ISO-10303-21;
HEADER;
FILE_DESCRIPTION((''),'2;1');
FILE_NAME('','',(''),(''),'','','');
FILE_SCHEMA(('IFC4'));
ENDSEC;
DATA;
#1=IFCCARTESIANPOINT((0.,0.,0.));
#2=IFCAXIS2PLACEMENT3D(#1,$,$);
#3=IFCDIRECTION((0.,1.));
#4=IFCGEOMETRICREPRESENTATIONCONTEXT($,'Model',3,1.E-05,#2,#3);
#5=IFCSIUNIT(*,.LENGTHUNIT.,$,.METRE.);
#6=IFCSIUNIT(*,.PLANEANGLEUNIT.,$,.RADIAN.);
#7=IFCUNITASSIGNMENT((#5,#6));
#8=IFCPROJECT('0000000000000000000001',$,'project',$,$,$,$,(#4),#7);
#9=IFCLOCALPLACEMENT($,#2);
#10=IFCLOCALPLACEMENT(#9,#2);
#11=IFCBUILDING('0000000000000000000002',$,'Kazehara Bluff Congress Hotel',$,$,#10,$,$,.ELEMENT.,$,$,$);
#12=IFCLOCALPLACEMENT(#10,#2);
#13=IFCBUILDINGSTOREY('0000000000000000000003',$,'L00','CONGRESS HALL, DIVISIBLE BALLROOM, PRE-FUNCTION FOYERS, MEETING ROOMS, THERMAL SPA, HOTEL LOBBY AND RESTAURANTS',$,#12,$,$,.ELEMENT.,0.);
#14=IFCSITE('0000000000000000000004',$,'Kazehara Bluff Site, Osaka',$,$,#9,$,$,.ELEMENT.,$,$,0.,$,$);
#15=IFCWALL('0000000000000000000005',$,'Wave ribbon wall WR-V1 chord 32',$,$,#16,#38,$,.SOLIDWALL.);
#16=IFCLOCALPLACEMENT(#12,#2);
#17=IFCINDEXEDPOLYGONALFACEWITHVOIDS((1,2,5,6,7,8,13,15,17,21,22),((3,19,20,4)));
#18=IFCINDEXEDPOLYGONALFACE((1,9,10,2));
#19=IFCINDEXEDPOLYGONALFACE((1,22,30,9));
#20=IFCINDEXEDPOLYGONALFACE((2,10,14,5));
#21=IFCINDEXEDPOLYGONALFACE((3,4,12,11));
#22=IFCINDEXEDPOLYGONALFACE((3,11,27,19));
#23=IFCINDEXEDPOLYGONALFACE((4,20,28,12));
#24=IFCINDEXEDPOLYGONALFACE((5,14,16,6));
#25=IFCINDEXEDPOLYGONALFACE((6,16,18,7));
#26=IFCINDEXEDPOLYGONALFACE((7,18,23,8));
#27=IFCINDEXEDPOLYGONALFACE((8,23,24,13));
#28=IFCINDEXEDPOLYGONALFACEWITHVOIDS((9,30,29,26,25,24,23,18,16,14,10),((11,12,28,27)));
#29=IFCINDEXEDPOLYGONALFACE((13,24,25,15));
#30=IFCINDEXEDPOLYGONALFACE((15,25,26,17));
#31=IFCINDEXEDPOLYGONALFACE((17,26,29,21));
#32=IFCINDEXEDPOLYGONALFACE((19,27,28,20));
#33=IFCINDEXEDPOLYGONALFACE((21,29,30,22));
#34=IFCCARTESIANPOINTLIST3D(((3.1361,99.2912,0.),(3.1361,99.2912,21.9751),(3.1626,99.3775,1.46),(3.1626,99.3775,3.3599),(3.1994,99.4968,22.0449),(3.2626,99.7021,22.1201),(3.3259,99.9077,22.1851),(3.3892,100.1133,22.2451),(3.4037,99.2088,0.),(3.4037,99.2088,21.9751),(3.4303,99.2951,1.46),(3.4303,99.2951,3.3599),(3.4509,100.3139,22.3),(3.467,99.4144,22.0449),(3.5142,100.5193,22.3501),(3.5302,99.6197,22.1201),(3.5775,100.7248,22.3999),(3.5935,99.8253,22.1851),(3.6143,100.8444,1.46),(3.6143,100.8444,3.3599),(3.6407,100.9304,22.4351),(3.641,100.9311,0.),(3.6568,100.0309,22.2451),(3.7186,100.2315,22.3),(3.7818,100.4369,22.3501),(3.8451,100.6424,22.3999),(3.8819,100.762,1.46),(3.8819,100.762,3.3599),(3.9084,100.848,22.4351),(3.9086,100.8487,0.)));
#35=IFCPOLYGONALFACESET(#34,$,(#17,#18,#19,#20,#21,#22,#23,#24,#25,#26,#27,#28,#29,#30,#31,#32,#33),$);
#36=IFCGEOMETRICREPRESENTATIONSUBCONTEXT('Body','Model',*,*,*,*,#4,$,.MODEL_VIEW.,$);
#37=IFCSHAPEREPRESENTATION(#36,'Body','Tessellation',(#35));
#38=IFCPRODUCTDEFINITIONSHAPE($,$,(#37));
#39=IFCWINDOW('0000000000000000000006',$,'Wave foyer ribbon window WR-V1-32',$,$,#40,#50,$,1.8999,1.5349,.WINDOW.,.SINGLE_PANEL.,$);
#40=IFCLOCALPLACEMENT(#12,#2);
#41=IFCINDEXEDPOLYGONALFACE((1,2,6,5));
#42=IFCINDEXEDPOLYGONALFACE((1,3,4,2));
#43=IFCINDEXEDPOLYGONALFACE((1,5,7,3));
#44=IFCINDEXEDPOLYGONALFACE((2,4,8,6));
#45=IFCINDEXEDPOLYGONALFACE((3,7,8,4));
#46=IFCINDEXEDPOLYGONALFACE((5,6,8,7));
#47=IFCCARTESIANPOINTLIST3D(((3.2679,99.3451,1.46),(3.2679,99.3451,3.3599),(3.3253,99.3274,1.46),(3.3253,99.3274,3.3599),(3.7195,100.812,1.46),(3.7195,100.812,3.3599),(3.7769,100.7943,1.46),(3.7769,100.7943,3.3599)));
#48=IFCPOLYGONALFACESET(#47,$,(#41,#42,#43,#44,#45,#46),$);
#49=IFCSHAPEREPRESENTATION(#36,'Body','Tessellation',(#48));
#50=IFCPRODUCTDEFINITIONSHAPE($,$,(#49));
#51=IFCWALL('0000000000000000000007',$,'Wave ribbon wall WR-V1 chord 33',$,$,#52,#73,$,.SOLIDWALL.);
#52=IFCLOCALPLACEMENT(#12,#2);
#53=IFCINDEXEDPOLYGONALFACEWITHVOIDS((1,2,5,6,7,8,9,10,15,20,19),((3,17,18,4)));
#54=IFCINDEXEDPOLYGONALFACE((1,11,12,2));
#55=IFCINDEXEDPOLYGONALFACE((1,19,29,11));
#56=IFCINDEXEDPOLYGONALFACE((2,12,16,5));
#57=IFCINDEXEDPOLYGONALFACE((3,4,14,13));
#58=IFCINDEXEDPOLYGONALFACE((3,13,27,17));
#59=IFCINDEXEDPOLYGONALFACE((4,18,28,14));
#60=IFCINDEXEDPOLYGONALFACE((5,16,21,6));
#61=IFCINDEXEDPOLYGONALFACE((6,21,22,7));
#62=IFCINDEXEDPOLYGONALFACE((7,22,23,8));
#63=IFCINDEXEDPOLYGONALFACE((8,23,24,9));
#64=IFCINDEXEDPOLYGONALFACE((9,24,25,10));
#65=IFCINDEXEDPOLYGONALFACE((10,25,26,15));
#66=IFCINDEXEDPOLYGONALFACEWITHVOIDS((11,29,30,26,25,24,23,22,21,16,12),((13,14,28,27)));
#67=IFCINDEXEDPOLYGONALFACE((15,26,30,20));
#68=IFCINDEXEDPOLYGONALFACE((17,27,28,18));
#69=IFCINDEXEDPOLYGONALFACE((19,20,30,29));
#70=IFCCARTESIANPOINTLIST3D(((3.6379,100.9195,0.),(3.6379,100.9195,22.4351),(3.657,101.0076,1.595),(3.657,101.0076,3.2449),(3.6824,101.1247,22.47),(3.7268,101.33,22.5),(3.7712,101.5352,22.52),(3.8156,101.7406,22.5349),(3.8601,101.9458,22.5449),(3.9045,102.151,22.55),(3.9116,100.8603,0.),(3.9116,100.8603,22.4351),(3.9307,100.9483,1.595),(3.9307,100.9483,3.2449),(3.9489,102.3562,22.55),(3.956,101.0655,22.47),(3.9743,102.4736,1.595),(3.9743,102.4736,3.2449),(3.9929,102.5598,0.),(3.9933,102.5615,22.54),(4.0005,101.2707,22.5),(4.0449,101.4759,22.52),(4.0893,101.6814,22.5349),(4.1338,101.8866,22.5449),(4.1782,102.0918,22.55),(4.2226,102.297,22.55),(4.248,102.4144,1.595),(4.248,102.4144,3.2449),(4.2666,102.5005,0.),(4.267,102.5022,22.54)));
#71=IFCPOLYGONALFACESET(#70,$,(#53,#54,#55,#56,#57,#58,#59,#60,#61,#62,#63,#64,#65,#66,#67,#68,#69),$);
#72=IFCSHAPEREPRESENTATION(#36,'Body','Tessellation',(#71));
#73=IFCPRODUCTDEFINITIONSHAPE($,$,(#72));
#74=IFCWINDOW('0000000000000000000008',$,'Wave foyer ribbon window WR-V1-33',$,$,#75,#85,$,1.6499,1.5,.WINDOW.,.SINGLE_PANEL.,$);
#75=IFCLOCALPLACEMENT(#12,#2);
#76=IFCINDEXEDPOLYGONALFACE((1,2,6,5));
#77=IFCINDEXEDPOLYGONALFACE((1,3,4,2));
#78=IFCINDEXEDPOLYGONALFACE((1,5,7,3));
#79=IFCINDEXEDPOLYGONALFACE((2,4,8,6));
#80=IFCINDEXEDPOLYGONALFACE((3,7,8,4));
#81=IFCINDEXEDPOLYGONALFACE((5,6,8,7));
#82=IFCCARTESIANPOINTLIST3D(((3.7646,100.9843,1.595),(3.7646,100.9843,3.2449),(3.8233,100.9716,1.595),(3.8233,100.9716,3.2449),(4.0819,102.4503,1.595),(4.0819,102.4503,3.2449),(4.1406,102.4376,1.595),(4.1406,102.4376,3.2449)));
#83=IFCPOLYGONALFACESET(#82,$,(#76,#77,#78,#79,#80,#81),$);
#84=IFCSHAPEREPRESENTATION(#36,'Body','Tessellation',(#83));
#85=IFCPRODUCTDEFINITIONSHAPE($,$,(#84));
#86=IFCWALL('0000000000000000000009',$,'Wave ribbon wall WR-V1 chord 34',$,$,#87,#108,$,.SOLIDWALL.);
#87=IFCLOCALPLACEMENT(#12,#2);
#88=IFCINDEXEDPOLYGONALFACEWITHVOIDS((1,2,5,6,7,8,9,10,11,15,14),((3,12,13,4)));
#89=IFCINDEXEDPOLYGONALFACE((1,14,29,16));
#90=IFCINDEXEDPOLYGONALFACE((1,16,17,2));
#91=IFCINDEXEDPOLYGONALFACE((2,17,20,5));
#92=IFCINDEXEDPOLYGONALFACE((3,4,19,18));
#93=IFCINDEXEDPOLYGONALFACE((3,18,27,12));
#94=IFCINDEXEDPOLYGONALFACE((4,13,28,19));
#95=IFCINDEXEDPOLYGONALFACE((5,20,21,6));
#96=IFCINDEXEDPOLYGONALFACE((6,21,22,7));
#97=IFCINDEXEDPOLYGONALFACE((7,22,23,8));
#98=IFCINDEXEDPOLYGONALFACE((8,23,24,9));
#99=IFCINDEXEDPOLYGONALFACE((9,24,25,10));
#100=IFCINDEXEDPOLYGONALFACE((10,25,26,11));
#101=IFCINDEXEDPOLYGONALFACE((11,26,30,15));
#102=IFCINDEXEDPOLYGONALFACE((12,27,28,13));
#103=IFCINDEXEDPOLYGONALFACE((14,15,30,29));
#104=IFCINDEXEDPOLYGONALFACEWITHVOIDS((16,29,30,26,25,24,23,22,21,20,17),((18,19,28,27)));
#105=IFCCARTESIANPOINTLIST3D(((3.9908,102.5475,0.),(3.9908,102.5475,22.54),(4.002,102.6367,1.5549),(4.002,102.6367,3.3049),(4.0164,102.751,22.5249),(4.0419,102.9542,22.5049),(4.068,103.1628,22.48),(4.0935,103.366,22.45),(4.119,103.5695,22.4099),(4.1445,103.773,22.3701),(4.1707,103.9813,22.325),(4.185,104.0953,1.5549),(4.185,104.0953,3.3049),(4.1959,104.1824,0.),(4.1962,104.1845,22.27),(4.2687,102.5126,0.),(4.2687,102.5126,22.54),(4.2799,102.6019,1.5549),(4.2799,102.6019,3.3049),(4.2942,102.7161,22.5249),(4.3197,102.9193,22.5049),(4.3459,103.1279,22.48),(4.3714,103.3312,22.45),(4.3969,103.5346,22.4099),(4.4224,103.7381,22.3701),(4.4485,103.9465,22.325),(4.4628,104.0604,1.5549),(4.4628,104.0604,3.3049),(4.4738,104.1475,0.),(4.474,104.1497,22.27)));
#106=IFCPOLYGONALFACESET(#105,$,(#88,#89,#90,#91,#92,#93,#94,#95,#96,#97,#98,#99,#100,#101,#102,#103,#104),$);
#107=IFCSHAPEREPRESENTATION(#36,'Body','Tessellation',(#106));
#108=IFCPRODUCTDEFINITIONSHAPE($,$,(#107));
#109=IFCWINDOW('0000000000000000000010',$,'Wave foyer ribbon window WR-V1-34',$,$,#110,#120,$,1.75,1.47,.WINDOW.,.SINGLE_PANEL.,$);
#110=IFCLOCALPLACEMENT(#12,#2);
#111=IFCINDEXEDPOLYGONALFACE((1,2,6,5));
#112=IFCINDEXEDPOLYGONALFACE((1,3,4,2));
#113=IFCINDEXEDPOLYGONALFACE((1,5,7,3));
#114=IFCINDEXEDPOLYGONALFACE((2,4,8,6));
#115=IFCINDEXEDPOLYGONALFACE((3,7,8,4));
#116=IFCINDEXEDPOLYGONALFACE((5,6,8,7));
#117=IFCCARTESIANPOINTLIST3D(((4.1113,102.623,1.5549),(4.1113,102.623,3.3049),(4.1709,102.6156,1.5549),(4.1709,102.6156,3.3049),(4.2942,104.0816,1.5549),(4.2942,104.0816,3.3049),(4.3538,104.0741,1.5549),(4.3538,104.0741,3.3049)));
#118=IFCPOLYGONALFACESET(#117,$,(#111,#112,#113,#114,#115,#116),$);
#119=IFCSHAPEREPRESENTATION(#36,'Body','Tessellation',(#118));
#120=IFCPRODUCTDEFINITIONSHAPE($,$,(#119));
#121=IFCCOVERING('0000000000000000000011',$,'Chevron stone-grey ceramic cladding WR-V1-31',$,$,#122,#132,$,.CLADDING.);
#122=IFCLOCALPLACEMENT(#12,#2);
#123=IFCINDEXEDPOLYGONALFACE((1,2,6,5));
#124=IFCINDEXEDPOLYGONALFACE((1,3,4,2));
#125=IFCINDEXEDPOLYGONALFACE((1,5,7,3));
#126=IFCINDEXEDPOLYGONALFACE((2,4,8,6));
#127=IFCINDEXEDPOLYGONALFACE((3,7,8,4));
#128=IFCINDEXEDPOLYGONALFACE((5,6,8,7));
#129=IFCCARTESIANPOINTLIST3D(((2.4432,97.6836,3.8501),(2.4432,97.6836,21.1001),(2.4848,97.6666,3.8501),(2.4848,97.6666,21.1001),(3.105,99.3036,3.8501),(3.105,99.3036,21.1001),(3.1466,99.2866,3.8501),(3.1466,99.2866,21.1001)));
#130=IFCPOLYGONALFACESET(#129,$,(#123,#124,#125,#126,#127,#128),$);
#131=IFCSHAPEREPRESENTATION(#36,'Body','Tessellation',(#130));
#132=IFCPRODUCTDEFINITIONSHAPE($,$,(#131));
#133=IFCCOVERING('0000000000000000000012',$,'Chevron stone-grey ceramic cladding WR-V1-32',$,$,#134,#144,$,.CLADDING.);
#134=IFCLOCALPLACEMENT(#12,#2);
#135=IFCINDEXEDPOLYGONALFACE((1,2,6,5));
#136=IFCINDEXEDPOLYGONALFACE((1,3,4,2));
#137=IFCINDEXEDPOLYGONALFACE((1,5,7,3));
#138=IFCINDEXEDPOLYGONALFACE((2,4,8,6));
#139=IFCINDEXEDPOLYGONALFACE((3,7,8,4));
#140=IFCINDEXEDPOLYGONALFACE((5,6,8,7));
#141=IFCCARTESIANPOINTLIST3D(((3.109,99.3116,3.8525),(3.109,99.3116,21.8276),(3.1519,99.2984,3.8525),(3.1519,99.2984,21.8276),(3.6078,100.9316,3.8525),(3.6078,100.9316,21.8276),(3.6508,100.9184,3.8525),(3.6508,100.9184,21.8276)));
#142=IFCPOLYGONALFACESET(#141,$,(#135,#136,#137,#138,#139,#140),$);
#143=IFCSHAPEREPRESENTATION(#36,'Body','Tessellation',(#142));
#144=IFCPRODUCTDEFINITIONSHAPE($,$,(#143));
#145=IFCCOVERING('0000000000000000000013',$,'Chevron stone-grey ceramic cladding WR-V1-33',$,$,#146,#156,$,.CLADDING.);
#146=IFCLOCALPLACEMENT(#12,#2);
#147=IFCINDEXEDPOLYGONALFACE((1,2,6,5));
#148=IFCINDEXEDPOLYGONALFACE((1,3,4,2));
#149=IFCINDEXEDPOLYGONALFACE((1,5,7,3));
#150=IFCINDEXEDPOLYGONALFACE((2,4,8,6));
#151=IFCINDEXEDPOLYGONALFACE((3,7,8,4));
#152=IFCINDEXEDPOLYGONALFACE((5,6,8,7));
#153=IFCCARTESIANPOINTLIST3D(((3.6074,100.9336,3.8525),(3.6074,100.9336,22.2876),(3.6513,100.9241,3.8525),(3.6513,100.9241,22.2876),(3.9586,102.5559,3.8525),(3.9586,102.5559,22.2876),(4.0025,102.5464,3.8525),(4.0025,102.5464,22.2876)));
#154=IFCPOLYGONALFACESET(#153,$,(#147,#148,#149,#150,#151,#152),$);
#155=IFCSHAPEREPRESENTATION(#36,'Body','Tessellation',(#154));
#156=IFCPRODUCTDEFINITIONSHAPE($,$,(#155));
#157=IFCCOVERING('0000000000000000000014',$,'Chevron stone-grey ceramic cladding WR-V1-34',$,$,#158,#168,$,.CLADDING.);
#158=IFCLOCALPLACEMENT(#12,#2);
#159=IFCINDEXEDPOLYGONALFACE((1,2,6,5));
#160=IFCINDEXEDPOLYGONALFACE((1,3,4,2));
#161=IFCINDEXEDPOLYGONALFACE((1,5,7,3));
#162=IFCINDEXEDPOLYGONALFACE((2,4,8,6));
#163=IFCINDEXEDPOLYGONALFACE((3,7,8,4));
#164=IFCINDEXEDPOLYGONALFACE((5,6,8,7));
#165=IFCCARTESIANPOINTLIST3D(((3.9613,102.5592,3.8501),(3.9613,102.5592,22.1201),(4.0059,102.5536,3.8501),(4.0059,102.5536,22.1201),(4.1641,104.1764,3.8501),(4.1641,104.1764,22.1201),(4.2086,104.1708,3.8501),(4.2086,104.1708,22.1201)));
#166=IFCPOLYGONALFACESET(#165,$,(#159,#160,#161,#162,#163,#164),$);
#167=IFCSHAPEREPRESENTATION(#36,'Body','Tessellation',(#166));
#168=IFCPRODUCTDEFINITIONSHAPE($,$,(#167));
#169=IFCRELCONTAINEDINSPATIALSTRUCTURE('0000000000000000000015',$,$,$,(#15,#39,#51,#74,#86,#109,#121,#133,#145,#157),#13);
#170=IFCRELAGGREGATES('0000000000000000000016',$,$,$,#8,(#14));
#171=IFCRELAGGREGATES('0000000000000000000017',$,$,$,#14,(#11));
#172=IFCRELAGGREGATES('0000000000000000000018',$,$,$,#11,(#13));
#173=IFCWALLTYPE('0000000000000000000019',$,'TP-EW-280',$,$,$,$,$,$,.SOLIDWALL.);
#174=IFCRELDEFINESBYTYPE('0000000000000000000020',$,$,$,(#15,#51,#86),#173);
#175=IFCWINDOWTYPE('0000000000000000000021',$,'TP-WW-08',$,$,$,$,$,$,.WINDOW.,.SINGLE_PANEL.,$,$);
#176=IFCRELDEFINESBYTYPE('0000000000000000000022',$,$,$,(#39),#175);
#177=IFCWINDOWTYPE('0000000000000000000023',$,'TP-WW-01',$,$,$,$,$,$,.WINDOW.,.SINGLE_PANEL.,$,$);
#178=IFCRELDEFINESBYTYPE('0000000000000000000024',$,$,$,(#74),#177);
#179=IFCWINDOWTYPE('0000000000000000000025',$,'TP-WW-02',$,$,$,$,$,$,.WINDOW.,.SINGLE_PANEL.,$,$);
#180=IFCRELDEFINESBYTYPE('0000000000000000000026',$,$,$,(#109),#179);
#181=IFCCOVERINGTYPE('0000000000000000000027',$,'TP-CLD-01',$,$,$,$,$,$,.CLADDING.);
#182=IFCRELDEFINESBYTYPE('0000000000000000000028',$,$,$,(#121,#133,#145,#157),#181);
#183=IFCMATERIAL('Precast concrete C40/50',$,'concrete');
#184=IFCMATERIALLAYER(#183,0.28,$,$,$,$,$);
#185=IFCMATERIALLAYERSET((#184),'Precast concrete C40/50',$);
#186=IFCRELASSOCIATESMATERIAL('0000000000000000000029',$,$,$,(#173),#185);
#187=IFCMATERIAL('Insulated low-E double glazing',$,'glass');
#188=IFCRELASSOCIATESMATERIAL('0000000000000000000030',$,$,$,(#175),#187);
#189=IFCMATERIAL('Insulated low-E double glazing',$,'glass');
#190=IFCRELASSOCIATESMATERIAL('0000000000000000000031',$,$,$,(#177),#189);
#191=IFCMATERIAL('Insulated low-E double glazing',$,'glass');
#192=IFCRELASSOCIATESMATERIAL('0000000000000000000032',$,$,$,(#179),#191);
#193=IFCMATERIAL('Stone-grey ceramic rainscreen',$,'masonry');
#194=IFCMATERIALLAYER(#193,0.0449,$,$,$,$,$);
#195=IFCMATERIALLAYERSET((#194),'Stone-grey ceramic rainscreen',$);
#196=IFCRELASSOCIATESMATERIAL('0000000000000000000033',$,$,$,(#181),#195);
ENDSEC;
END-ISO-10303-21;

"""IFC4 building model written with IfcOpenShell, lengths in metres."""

from ifc_helpers import new_model, si_unit, direction, frame, frame_2d, origin, origin_2d, place, context, subcontext, project, spatial, polyline, rectangle, outline, extrude, material, layer, layer_set, type_object, element, fill, save


model = new_model("IFC4")

# Units and contexts
model_context = context("Model", 3, precision=1e-05, world=origin(), true_north=direction((0.0, 1.0)))
body_context = subcontext(model_context, "Body", "Model", "MODEL_VIEW")
ifc_project = project(units=[si_unit("LENGTHUNIT", "METRE"), si_unit("PLANEANGLEUNIT", "RADIAN")], contexts=[model_context])

# Site, building, storey
site_placement = place(None, origin())
site = spatial("IfcSite", under=ifc_project, at=site_placement, Name="Kazehara Bluff Site, Osaka", CompositionType="ELEMENT", RefElevation=0.0)
building_placement = place(site_placement, origin())
building = spatial("IfcBuilding", under=site, at=building_placement, Name="Kazehara Bluff Congress Hotel", CompositionType="ELEMENT")
storey_placement = place(building_placement, origin())
storey = spatial("IfcBuildingStorey", under=building, at=storey_placement, Name="L00", Description="CONGRESS HALL, DIVISIBLE BALLROOM, PRE-FUNCTION FOYERS, MEETING ROOMS, THERMAL SPA, HOTEL LOBBY AND RESTAURANTS", CompositionType="ELEMENT", Elevation=0.0)

# Walls, openings, windows
ifc_material_1 = material(Name="Precast concrete C40/50", Category="concrete")
ifc_layer_1 = layer(ifc_material_1, 0.28)
ifc_layer_set_1 = layer_set([ifc_layer_1], Name="Precast concrete C40/50")
wall_type = type_object("IfcWallType", Name="TP-EW-280", PredefinedType="SOLIDWALL", material=ifc_layer_set_1)
wall_1_placement = place(storey_placement, frame((3.27, 99.25, 0.0), z_axis=(0.0, 0.0, 1.0), x_axis=(0.294246, 0.95573, 0.0)))
wall_1 = element("IfcWall", 1, at=wall_1_placement, inside=storey, type_object=wall_type, Name="Wave ribbon wall WR-V1 chord 32", PredefinedType="SOLIDWALL", context=body_context, shape_type="SweptSolid", body=[
    extrude(outline(polyline([(0.0, 0.0), (1.7158, 0.0), (1.7151, 22.4351), (1.5, 22.3999), (1.2849, 22.3501), (1.0701, 22.3), (0.8601, 22.2451), (0.645, 22.1851), (0.4299, 22.1201), (0.2151, 22.0449), (0.0, 21.9751), (0.0, 0.0)])), frame((0.0, 0.1401, 0.0), z_axis=(0.0, -1.0, 0.0), x_axis=(1.0, 0.0, 0.0)), (0.0, 0.0, 1.0), 0.28),
])
opening_1_placement = place(wall_1_placement, frame((0.0901, 0.0, 1.46)))
opening_1 = element("IfcOpeningElement", 2, at=opening_1_placement, cuts=wall_1, PredefinedType="OPENING", context=body_context, shape_type="SweptSolid", body=[
    extrude(rectangle(XDim=1.5349, YDim=1.8999, at=frame_2d((0.7676, 0.95))), frame((0.0, 0.1499, 0.0), z_axis=(0.0, -1.0, 0.0), x_axis=(1.0, 0.0, 0.0)), (0.0, 0.0, 1.0), 0.3),
])
ifc_material_2 = material(Name="Insulated low-E double glazing", Category="glass")
window_type_1 = type_object("IfcWindowType", Name="TP-WW-08", PartitioningType="SINGLE_PANEL", PredefinedType="WINDOW", material=ifc_material_2)
window_1_placement = place(opening_1_placement, origin())
window_1 = element("IfcWindow", 3, at=window_1_placement, inside=storey, type_object=window_type_1, Name="Wave foyer ribbon window WR-V1-32", OverallHeight=1.8999, OverallWidth=1.5349, PartitioningType="SINGLE_PANEL", PredefinedType="WINDOW", context=body_context, shape_type="SweptSolid", body=[
    extrude(rectangle(XDim=1.5349, YDim=1.8999, at=frame_2d((0.7676, 0.95))), frame((0.0, 0.03, 0.0), z_axis=(0.0, -1.0, 0.0), x_axis=(1.0, 0.0, 0.0)), (0.0, 0.0, 1.0), 0.0601),
])
fill(opening_1, window_1)
wall_2_placement = place(storey_placement, frame((3.7749, 100.8899, 0.0), z_axis=(0.0, 0.0, 1.0), x_axis=(0.211536, 0.97737, 0.0)))
wall_2 = element("IfcWall", 4, at=wall_2_placement, inside=storey, type_object=wall_type, Name="Wave ribbon wall WR-V1 chord 33", PredefinedType="SOLIDWALL", context=body_context, shape_type="SweptSolid", body=[
    extrude(outline(polyline([(0.0, 0.0), (1.6782, 0.0), (1.6799, 22.54), (1.47, 22.55), (1.26, 22.55), (1.05, 22.5449), (0.8401, 22.5349), (0.6299, 22.52), (0.4199, 22.5), (0.21, 22.47), (0.0, 22.4351), (0.0, 0.0)])), frame((0.0, 0.1401, 0.0), z_axis=(0.0, -1.0, 0.0), x_axis=(1.0, 0.0, 0.0)), (0.0, 0.0, 1.0), 0.28),
])
opening_2_placement = place(wall_2_placement, frame((0.0901, 0.0, 1.595)))
opening_2 = element("IfcOpeningElement", 5, at=opening_2_placement, cuts=wall_2, PredefinedType="OPENING", context=body_context, shape_type="SweptSolid", body=[
    extrude(rectangle(XDim=1.5, YDim=1.6499, at=frame_2d((0.75, 0.825))), frame((0.0, 0.1499, 0.0), z_axis=(0.0, -1.0, 0.0), x_axis=(1.0, 0.0, 0.0)), (0.0, 0.0, 1.0), 0.3),
])
ifc_material_3 = material(Name="Insulated low-E double glazing", Category="glass")
window_type_2 = type_object("IfcWindowType", Name="TP-WW-01", PartitioningType="SINGLE_PANEL", PredefinedType="WINDOW", material=ifc_material_3)
window_2_placement = place(opening_2_placement, origin())
window_2 = element("IfcWindow", 6, at=window_2_placement, inside=storey, type_object=window_type_2, Name="Wave foyer ribbon window WR-V1-33", OverallHeight=1.6499, OverallWidth=1.5, PartitioningType="SINGLE_PANEL", PredefinedType="WINDOW", context=body_context, shape_type="SweptSolid", body=[
    extrude(rectangle(XDim=1.5, YDim=1.6499, at=frame_2d((0.75, 0.825))), frame((0.0, 0.03, 0.0), z_axis=(0.0, -1.0, 0.0), x_axis=(1.0, 0.0, 0.0)), (0.0, 0.0, 1.0), 0.0601),
])
fill(opening_2, window_2)
wall_3_placement = place(storey_placement, frame((4.1299, 102.53, 0.0), z_axis=(0.0, 0.0, 1.0), x_axis=(0.124454, 0.992225, 0.0)))
wall_3 = element("IfcWall", 7, at=wall_3_placement, inside=storey, type_object=wall_type, Name="Wave ribbon wall WR-V1 chord 34", PredefinedType="SOLIDWALL", context=body_context, shape_type="SweptSolid", body=[
    extrude(outline(polyline([(0.0, 0.0), (1.6477, 0.0), (1.6499, 22.27), (1.4451, 22.325), (1.2351, 22.3701), (1.03, 22.4099), (0.825, 22.45), (0.6201, 22.48), (0.4099, 22.5049), (0.2051, 22.5249), (0.0, 22.54), (0.0, 0.0)])), frame((0.0, 0.1401, 0.0), z_axis=(0.0, -1.0, 0.0), x_axis=(1.0, 0.0, 0.0)), (0.0, 0.0, 1.0), 0.28),
])
opening_3_placement = place(wall_3_placement, frame((0.0901, 0.0, 1.5549)))
opening_3 = element("IfcOpeningElement", 8, at=opening_3_placement, cuts=wall_3, PredefinedType="OPENING", context=body_context, shape_type="SweptSolid", body=[
    extrude(rectangle(XDim=1.47, YDim=1.75, at=frame_2d((0.7349, 0.875))), frame((0.0, 0.1499, 0.0), z_axis=(0.0, -1.0, 0.0), x_axis=(1.0, 0.0, 0.0)), (0.0, 0.0, 1.0), 0.3),
])
ifc_material_4 = material(Name="Insulated low-E double glazing", Category="glass")
window_type_3 = type_object("IfcWindowType", Name="TP-WW-02", PartitioningType="SINGLE_PANEL", PredefinedType="WINDOW", material=ifc_material_4)
window_3_placement = place(opening_3_placement, origin())
window_3 = element("IfcWindow", 9, at=window_3_placement, inside=storey, type_object=window_type_3, Name="Wave foyer ribbon window WR-V1-34", OverallHeight=1.75, OverallWidth=1.47, PartitioningType="SINGLE_PANEL", PredefinedType="WINDOW", context=body_context, shape_type="SweptSolid", body=[
    extrude(rectangle(XDim=1.47, YDim=1.75, at=frame_2d((0.7349, 0.875))), frame((0.0, 0.03, 0.0), z_axis=(0.0, -1.0, 0.0), x_axis=(1.0, 0.0, 0.0)), (0.0, 0.0, 1.0), 0.0601),
])
fill(opening_3, window_3)

# Coverings
ifc_material_5 = material(Name="Stone-grey ceramic rainscreen", Category="masonry")
ifc_layer_2 = layer(ifc_material_5, 0.0449)
ifc_layer_set_2 = layer_set([ifc_layer_2], Name="Stone-grey ceramic rainscreen")
covering_type_1 = type_object("IfcCoveringType", Name="TP-CLD-01", PredefinedType="CLADDING", material=ifc_layer_set_2)
covering_1_placement = place(storey_placement, frame((2.7949, 98.4851, 3.8501), z_axis=(0.0, 0.0, 1.0), x_axis=(0.378193, 0.925727, 0.0)))
element("IfcCovering", 10, at=covering_1_placement, inside=storey, type_object=covering_type_1, Name="Chevron stone-grey ceramic cladding WR-V1-31", PredefinedType="CLADDING", context=body_context, shape_type="SweptSolid", body=[
    extrude(rectangle(XDim=1.75, YDim=0.0449, at=origin_2d()), origin(), (0.0, 0.0, 1.0), 17.25),
])
covering_2_placement = place(storey_placement, frame((3.3799, 100.115, 3.8525), z_axis=(0.0, 0.0, 1.0), x_axis=(0.294291, 0.955716, 0.0)))
element("IfcCovering", 11, at=covering_2_placement, inside=storey, type_object=covering_type_1, Name="Chevron stone-grey ceramic cladding WR-V1-32", PredefinedType="CLADDING", context=body_context, shape_type="SweptSolid", body=[
    extrude(rectangle(XDim=1.6951, YDim=0.0449, at=origin_2d()), origin(), (0.0, 0.0, 1.0), 17.9751),
])
covering_3_placement = place(storey_placement, frame((3.8049, 101.74, 3.8525), z_axis=(0.0, 0.0, 1.0), x_axis=(0.211564, 0.977364, 0.0)))
element("IfcCovering", 12, at=covering_3_placement, inside=storey, type_object=covering_type_1, Name="Chevron stone-grey ceramic cladding WR-V1-33", PredefinedType="CLADDING", context=body_context, shape_type="SweptSolid", body=[
    extrude(rectangle(XDim=1.6599, YDim=0.0449, at=origin_2d()), origin(), (0.0, 0.0, 1.0), 18.4351),
])
covering_4_placement = place(storey_placement, frame((4.085, 103.365, 3.8501), z_axis=(0.0, 0.0, 1.0), x_axis=(0.124409, 0.992231, 0.0)))
element("IfcCovering", 13, at=covering_4_placement, inside=storey, type_object=covering_type_1, Name="Chevron stone-grey ceramic cladding WR-V1-34", PredefinedType="CLADDING", context=body_context, shape_type="SweptSolid", body=[
    extrude(rectangle(XDim=1.6299, YDim=0.0449, at=origin_2d()), origin(), (0.0, 0.0, 1.0), 18.27),
])

save(model, "model.ifc")
